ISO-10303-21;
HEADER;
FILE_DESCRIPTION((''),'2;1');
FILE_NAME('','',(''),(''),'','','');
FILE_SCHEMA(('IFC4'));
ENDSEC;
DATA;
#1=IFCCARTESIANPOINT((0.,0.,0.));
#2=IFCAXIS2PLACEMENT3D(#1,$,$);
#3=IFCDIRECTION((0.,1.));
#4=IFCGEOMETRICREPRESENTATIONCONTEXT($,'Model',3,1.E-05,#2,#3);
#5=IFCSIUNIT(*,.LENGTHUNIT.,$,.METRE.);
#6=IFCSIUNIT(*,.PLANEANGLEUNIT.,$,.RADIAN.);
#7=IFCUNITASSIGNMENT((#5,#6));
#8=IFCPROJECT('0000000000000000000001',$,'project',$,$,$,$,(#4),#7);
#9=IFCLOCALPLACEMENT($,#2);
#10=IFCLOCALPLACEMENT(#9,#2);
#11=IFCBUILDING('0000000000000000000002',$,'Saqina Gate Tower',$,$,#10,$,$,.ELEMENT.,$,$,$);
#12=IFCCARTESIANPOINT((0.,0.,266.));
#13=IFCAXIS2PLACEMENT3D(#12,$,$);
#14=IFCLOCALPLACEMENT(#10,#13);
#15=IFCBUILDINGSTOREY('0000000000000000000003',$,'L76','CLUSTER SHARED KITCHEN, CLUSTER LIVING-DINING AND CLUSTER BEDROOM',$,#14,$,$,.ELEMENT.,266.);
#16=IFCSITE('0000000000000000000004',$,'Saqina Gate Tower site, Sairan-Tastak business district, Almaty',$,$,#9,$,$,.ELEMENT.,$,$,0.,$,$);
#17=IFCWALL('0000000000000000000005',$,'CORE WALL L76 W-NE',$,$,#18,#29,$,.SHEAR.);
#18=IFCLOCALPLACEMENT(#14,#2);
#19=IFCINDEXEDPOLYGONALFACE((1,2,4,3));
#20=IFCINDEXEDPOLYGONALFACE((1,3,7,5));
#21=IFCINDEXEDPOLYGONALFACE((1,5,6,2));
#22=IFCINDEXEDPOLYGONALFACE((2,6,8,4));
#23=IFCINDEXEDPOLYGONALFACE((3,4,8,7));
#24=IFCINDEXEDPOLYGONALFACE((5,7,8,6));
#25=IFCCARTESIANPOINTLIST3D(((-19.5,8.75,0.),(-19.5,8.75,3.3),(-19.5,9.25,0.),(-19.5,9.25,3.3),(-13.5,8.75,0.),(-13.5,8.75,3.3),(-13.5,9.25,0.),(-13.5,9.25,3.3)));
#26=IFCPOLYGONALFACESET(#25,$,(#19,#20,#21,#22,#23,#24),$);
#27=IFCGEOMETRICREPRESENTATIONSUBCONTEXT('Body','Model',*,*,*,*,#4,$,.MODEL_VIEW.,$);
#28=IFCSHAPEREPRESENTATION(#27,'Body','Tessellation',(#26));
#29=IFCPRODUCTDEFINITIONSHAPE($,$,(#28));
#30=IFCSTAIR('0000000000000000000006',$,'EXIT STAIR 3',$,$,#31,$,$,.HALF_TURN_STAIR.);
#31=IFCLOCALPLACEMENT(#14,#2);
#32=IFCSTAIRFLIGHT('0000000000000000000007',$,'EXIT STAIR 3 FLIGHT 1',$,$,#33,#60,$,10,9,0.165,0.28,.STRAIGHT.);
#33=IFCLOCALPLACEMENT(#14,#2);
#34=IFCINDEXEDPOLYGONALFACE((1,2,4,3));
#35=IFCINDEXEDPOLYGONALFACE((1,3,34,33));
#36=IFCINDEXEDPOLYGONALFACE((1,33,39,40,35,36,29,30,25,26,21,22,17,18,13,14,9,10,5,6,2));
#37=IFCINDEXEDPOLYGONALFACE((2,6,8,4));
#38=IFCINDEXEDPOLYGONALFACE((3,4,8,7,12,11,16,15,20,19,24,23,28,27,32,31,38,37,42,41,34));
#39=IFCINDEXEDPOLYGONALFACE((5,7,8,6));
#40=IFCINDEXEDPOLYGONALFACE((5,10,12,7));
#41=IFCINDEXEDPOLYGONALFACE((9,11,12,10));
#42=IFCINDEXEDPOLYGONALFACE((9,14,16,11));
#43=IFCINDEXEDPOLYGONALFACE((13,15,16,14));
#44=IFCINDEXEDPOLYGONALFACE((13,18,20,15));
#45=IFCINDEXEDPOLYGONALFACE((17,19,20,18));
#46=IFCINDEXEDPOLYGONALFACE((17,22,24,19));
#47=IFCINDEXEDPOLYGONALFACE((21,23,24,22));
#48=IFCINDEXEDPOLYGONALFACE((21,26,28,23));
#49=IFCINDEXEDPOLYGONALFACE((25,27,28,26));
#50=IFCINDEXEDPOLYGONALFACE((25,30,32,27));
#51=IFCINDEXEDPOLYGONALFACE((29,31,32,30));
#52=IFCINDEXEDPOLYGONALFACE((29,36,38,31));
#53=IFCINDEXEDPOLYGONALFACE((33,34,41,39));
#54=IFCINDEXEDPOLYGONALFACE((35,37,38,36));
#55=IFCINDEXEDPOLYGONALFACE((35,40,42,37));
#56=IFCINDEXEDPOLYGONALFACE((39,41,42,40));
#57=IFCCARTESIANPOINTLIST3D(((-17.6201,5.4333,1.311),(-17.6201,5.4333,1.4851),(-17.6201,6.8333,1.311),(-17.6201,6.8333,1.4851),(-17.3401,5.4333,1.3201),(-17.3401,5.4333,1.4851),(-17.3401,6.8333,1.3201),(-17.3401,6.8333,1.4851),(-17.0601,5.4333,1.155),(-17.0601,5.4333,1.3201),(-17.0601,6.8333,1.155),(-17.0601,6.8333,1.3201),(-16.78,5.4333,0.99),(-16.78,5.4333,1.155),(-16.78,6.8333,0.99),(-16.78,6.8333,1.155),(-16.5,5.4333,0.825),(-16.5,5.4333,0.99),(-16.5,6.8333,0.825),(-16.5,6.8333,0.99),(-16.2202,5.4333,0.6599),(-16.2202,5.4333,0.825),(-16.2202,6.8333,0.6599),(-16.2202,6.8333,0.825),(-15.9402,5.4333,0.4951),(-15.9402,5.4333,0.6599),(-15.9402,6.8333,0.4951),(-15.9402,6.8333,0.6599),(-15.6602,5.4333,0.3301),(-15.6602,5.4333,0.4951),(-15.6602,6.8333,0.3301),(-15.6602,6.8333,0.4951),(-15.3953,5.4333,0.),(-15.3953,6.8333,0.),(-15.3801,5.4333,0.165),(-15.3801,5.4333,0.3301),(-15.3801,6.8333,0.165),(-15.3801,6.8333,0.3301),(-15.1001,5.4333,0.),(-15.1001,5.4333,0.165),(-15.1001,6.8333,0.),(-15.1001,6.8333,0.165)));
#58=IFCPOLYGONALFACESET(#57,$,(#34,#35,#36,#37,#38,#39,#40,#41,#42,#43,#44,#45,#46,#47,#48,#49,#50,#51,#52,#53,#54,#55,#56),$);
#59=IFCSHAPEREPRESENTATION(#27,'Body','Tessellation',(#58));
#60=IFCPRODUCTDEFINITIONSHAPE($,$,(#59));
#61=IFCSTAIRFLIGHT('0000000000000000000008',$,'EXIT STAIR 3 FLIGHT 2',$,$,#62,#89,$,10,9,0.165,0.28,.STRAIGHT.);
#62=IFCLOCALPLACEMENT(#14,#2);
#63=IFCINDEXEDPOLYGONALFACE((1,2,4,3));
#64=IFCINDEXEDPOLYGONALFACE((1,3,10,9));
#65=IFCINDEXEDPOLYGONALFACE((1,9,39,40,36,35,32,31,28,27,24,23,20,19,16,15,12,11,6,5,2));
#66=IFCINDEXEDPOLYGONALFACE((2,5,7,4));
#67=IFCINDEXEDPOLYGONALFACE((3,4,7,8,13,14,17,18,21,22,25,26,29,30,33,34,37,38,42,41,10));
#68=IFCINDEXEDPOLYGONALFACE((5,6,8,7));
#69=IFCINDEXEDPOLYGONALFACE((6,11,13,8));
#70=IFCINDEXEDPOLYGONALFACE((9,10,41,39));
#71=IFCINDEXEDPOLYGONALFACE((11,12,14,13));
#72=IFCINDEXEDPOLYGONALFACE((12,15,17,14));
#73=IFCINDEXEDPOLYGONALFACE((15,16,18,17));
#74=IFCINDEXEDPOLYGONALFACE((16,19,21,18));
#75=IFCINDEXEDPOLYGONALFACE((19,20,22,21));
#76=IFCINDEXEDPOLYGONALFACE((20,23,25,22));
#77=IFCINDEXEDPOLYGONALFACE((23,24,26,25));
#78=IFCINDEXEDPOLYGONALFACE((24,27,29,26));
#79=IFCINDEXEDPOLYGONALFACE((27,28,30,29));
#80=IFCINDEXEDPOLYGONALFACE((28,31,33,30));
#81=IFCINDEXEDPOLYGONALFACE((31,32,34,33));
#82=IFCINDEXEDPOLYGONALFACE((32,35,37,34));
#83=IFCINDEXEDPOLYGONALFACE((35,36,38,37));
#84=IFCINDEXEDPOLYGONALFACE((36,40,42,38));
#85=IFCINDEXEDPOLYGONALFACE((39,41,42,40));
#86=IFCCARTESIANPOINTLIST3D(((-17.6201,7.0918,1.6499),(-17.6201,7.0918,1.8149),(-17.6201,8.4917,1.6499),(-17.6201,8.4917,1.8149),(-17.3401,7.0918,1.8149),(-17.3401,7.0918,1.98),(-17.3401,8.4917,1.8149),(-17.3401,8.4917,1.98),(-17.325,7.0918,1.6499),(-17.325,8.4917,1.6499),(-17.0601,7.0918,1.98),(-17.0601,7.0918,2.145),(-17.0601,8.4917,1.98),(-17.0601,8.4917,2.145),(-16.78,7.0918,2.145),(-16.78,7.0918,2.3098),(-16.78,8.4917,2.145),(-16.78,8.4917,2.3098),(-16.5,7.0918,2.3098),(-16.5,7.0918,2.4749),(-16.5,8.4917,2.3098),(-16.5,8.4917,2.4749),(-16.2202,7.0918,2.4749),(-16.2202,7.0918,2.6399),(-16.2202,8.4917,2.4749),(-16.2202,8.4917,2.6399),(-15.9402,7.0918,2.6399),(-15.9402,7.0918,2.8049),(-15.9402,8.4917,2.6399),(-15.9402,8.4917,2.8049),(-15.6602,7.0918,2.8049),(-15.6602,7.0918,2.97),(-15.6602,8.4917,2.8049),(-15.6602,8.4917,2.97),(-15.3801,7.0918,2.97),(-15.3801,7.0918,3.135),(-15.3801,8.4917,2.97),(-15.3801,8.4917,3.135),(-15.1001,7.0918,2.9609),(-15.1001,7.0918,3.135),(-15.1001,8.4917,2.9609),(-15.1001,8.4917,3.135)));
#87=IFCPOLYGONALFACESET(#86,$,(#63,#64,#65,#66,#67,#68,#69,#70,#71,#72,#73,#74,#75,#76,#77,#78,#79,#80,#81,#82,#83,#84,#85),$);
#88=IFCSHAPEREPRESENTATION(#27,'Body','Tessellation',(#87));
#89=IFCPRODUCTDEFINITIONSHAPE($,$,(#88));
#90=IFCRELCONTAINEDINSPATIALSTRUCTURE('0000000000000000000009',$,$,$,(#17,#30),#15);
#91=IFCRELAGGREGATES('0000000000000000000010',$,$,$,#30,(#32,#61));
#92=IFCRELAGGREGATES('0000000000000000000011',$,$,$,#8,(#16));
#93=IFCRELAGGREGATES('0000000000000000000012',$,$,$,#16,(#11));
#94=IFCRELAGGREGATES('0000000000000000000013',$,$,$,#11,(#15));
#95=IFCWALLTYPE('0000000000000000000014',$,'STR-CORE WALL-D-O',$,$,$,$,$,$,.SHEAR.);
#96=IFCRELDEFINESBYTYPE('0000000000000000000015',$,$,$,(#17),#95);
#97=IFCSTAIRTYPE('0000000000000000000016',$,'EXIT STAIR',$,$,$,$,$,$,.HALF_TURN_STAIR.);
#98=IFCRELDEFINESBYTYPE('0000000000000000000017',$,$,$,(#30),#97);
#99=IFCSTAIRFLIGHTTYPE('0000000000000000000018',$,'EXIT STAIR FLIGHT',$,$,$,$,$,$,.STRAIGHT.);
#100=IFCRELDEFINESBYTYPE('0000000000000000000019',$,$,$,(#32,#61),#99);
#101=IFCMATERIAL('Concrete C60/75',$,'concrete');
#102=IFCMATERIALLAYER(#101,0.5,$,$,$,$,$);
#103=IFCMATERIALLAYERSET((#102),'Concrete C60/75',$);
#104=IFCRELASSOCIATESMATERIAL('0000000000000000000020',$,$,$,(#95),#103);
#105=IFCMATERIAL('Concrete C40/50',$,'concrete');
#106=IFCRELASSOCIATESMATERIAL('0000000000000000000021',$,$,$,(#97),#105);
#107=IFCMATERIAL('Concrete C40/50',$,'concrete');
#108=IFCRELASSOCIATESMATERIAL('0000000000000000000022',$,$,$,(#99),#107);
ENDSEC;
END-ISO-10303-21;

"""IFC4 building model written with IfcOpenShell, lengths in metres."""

from ifc_helpers import new_model, si_unit, direction, frame, frame_2d, origin, place, context, subcontext, project, spatial, polyline, rectangle, outline, extrude, material, layer, layer_set, type_object, element, aggregate, save


model = new_model("IFC4")

# Units and contexts
model_context = context("Model", 3, precision=1e-05, world=origin(), true_north=direction((0.0, 1.0)))
body_context = subcontext(model_context, "Body", "Model", "MODEL_VIEW")
ifc_project = project(units=[si_unit("LENGTHUNIT", "METRE"), si_unit("PLANEANGLEUNIT", "RADIAN")], contexts=[model_context])

# Site, building, storey
site_placement = place(None, origin())
site = spatial("IfcSite", under=ifc_project, at=site_placement, Name="Saqina Gate Tower site, Sairan-Tastak business district, Almaty", CompositionType="ELEMENT", RefElevation=0.0)
building_placement = place(site_placement, origin())
building = spatial("IfcBuilding", under=site, at=building_placement, Name="Saqina Gate Tower", CompositionType="ELEMENT")
storey_placement = place(building_placement, frame((0.0, 0.0, 266.0)))
storey = spatial("IfcBuildingStorey", under=building, at=storey_placement, Name="L76", Description="CLUSTER SHARED KITCHEN, CLUSTER LIVING-DINING AND CLUSTER BEDROOM", CompositionType="ELEMENT", Elevation=266.0)

# Wall
ifc_material_1 = material(Name="Concrete C60/75", Category="concrete")
ifc_layer_1 = layer(ifc_material_1, 0.5)
ifc_layer_set_1 = layer_set([ifc_layer_1], Name="Concrete C60/75")
wall_type_1 = type_object("IfcWallType", Name="STR-CORE WALL-D-O", PredefinedType="SHEAR", material=ifc_layer_set_1)
wall_1_placement = place(storey_placement, frame((-13.5, 9.0, 0.0), z_axis=(0.0, 0.0, 1.0), x_axis=(-1.0, 0.0, 0.0)))
element("IfcWall", 1, at=wall_1_placement, inside=storey, type_object=wall_type_1, Name="CORE WALL L76 W-NE", PredefinedType="SHEAR", context=body_context, shape_type="SweptSolid", body=[
    extrude(rectangle(XDim=6.0, YDim=0.5, at=frame_2d((3.0, 0.0))), origin(), (0.0, 0.0, 1.0), 3.3),
])

# Stair, stair flights
ifc_material_2 = material(Name="Concrete C40/50", Category="concrete")
stair_type = type_object("IfcStairType", Name="EXIT STAIR", PredefinedType="HALF_TURN_STAIR", material=ifc_material_2)
stair_placement = place(storey_placement, origin())
stair = element("IfcStair", 2, at=stair_placement, inside=storey, type_object=stair_type, Name="EXIT STAIR 3", PredefinedType="HALF_TURN_STAIR")
ifc_material_3 = material(Name="Concrete C40/50", Category="concrete")
stair_flight_type = type_object("IfcStairFlightType", Name="EXIT STAIR FLIGHT", PredefinedType="STRAIGHT", material=ifc_material_3)
stair_flight_1_placement = place(storey_placement, frame((-15.1001, 6.1333, 0.0), z_axis=(0.0, 0.0, 1.0), x_axis=(-1.0, 0.0, 0.0)))
stair_flight_1 = element("IfcStairFlight", 3, at=stair_flight_1_placement, type_object=stair_flight_type, Name="EXIT STAIR 3 FLIGHT 1", NumberOfRisers=10, NumberOfTreads=9, PredefinedType="STRAIGHT", RiserHeight=0.165, TreadLength=0.28, context=body_context, shape_type="SweptSolid", body=[
    extrude(outline(polyline([(0.0, 0.0), (0.0, 0.165), (0.28, 0.165), (0.28, 0.3301), (0.5601, 0.3301), (0.5601, 0.4951), (0.8401, 0.4951), (0.8401, 0.6599), (1.1201, 0.6599), (1.1201, 0.825), (1.3999, 0.825), (1.3999, 0.99), (1.6799, 0.99), (1.6799, 1.155), (1.96, 1.155), (1.96, 1.3201), (2.24, 1.3201), (2.24, 1.4851), (2.52, 1.4851), (2.52, 1.6499), (2.52, 1.311), (0.2952, 0.0), (0.0, 0.0)])), frame((0.0, 0.7, 0.0), z_axis=(0.0, -1.0, 0.0), x_axis=(1.0, 0.0, 0.0)), (0.0, 0.0, 1.0), 1.3999),
])
stair_flight_2_placement = place(storey_placement, frame((-17.6201, 7.7917, 1.6499), z_axis=(0.0, 0.0, 1.0), x_axis=(1.0, 0.0, 0.0)))
stair_flight_2 = element("IfcStairFlight", 4, at=stair_flight_2_placement, type_object=stair_flight_type, Name="EXIT STAIR 3 FLIGHT 2", NumberOfRisers=10, NumberOfTreads=9, PredefinedType="STRAIGHT", RiserHeight=0.165, TreadLength=0.28, context=body_context, shape_type="SweptSolid", body=[
    extrude(outline(polyline([(0.0, 0.0), (0.0, 0.165), (0.28, 0.165), (0.28, 0.3301), (0.5601, 0.3301), (0.5601, 0.4951), (0.8401, 0.4951), (0.8401, 0.6599), (1.1201, 0.6599), (1.1201, 0.825), (1.3999, 0.825), (1.3999, 0.99), (1.6799, 0.99), (1.6799, 1.155), (1.96, 1.155), (1.96, 1.3201), (2.24, 1.3201), (2.24, 1.4851), (2.52, 1.4851), (2.52, 1.6499), (2.52, 1.311), (0.2952, 0.0), (0.0, 0.0)])), frame((0.0, 0.7, 0.0), z_axis=(0.0, -1.0, 0.0), x_axis=(1.0, 0.0, 0.0)), (0.0, 0.0, 1.0), 1.3999),
])
aggregate(stair, [stair_flight_1, stair_flight_2])

save(model, "model.ifc")
